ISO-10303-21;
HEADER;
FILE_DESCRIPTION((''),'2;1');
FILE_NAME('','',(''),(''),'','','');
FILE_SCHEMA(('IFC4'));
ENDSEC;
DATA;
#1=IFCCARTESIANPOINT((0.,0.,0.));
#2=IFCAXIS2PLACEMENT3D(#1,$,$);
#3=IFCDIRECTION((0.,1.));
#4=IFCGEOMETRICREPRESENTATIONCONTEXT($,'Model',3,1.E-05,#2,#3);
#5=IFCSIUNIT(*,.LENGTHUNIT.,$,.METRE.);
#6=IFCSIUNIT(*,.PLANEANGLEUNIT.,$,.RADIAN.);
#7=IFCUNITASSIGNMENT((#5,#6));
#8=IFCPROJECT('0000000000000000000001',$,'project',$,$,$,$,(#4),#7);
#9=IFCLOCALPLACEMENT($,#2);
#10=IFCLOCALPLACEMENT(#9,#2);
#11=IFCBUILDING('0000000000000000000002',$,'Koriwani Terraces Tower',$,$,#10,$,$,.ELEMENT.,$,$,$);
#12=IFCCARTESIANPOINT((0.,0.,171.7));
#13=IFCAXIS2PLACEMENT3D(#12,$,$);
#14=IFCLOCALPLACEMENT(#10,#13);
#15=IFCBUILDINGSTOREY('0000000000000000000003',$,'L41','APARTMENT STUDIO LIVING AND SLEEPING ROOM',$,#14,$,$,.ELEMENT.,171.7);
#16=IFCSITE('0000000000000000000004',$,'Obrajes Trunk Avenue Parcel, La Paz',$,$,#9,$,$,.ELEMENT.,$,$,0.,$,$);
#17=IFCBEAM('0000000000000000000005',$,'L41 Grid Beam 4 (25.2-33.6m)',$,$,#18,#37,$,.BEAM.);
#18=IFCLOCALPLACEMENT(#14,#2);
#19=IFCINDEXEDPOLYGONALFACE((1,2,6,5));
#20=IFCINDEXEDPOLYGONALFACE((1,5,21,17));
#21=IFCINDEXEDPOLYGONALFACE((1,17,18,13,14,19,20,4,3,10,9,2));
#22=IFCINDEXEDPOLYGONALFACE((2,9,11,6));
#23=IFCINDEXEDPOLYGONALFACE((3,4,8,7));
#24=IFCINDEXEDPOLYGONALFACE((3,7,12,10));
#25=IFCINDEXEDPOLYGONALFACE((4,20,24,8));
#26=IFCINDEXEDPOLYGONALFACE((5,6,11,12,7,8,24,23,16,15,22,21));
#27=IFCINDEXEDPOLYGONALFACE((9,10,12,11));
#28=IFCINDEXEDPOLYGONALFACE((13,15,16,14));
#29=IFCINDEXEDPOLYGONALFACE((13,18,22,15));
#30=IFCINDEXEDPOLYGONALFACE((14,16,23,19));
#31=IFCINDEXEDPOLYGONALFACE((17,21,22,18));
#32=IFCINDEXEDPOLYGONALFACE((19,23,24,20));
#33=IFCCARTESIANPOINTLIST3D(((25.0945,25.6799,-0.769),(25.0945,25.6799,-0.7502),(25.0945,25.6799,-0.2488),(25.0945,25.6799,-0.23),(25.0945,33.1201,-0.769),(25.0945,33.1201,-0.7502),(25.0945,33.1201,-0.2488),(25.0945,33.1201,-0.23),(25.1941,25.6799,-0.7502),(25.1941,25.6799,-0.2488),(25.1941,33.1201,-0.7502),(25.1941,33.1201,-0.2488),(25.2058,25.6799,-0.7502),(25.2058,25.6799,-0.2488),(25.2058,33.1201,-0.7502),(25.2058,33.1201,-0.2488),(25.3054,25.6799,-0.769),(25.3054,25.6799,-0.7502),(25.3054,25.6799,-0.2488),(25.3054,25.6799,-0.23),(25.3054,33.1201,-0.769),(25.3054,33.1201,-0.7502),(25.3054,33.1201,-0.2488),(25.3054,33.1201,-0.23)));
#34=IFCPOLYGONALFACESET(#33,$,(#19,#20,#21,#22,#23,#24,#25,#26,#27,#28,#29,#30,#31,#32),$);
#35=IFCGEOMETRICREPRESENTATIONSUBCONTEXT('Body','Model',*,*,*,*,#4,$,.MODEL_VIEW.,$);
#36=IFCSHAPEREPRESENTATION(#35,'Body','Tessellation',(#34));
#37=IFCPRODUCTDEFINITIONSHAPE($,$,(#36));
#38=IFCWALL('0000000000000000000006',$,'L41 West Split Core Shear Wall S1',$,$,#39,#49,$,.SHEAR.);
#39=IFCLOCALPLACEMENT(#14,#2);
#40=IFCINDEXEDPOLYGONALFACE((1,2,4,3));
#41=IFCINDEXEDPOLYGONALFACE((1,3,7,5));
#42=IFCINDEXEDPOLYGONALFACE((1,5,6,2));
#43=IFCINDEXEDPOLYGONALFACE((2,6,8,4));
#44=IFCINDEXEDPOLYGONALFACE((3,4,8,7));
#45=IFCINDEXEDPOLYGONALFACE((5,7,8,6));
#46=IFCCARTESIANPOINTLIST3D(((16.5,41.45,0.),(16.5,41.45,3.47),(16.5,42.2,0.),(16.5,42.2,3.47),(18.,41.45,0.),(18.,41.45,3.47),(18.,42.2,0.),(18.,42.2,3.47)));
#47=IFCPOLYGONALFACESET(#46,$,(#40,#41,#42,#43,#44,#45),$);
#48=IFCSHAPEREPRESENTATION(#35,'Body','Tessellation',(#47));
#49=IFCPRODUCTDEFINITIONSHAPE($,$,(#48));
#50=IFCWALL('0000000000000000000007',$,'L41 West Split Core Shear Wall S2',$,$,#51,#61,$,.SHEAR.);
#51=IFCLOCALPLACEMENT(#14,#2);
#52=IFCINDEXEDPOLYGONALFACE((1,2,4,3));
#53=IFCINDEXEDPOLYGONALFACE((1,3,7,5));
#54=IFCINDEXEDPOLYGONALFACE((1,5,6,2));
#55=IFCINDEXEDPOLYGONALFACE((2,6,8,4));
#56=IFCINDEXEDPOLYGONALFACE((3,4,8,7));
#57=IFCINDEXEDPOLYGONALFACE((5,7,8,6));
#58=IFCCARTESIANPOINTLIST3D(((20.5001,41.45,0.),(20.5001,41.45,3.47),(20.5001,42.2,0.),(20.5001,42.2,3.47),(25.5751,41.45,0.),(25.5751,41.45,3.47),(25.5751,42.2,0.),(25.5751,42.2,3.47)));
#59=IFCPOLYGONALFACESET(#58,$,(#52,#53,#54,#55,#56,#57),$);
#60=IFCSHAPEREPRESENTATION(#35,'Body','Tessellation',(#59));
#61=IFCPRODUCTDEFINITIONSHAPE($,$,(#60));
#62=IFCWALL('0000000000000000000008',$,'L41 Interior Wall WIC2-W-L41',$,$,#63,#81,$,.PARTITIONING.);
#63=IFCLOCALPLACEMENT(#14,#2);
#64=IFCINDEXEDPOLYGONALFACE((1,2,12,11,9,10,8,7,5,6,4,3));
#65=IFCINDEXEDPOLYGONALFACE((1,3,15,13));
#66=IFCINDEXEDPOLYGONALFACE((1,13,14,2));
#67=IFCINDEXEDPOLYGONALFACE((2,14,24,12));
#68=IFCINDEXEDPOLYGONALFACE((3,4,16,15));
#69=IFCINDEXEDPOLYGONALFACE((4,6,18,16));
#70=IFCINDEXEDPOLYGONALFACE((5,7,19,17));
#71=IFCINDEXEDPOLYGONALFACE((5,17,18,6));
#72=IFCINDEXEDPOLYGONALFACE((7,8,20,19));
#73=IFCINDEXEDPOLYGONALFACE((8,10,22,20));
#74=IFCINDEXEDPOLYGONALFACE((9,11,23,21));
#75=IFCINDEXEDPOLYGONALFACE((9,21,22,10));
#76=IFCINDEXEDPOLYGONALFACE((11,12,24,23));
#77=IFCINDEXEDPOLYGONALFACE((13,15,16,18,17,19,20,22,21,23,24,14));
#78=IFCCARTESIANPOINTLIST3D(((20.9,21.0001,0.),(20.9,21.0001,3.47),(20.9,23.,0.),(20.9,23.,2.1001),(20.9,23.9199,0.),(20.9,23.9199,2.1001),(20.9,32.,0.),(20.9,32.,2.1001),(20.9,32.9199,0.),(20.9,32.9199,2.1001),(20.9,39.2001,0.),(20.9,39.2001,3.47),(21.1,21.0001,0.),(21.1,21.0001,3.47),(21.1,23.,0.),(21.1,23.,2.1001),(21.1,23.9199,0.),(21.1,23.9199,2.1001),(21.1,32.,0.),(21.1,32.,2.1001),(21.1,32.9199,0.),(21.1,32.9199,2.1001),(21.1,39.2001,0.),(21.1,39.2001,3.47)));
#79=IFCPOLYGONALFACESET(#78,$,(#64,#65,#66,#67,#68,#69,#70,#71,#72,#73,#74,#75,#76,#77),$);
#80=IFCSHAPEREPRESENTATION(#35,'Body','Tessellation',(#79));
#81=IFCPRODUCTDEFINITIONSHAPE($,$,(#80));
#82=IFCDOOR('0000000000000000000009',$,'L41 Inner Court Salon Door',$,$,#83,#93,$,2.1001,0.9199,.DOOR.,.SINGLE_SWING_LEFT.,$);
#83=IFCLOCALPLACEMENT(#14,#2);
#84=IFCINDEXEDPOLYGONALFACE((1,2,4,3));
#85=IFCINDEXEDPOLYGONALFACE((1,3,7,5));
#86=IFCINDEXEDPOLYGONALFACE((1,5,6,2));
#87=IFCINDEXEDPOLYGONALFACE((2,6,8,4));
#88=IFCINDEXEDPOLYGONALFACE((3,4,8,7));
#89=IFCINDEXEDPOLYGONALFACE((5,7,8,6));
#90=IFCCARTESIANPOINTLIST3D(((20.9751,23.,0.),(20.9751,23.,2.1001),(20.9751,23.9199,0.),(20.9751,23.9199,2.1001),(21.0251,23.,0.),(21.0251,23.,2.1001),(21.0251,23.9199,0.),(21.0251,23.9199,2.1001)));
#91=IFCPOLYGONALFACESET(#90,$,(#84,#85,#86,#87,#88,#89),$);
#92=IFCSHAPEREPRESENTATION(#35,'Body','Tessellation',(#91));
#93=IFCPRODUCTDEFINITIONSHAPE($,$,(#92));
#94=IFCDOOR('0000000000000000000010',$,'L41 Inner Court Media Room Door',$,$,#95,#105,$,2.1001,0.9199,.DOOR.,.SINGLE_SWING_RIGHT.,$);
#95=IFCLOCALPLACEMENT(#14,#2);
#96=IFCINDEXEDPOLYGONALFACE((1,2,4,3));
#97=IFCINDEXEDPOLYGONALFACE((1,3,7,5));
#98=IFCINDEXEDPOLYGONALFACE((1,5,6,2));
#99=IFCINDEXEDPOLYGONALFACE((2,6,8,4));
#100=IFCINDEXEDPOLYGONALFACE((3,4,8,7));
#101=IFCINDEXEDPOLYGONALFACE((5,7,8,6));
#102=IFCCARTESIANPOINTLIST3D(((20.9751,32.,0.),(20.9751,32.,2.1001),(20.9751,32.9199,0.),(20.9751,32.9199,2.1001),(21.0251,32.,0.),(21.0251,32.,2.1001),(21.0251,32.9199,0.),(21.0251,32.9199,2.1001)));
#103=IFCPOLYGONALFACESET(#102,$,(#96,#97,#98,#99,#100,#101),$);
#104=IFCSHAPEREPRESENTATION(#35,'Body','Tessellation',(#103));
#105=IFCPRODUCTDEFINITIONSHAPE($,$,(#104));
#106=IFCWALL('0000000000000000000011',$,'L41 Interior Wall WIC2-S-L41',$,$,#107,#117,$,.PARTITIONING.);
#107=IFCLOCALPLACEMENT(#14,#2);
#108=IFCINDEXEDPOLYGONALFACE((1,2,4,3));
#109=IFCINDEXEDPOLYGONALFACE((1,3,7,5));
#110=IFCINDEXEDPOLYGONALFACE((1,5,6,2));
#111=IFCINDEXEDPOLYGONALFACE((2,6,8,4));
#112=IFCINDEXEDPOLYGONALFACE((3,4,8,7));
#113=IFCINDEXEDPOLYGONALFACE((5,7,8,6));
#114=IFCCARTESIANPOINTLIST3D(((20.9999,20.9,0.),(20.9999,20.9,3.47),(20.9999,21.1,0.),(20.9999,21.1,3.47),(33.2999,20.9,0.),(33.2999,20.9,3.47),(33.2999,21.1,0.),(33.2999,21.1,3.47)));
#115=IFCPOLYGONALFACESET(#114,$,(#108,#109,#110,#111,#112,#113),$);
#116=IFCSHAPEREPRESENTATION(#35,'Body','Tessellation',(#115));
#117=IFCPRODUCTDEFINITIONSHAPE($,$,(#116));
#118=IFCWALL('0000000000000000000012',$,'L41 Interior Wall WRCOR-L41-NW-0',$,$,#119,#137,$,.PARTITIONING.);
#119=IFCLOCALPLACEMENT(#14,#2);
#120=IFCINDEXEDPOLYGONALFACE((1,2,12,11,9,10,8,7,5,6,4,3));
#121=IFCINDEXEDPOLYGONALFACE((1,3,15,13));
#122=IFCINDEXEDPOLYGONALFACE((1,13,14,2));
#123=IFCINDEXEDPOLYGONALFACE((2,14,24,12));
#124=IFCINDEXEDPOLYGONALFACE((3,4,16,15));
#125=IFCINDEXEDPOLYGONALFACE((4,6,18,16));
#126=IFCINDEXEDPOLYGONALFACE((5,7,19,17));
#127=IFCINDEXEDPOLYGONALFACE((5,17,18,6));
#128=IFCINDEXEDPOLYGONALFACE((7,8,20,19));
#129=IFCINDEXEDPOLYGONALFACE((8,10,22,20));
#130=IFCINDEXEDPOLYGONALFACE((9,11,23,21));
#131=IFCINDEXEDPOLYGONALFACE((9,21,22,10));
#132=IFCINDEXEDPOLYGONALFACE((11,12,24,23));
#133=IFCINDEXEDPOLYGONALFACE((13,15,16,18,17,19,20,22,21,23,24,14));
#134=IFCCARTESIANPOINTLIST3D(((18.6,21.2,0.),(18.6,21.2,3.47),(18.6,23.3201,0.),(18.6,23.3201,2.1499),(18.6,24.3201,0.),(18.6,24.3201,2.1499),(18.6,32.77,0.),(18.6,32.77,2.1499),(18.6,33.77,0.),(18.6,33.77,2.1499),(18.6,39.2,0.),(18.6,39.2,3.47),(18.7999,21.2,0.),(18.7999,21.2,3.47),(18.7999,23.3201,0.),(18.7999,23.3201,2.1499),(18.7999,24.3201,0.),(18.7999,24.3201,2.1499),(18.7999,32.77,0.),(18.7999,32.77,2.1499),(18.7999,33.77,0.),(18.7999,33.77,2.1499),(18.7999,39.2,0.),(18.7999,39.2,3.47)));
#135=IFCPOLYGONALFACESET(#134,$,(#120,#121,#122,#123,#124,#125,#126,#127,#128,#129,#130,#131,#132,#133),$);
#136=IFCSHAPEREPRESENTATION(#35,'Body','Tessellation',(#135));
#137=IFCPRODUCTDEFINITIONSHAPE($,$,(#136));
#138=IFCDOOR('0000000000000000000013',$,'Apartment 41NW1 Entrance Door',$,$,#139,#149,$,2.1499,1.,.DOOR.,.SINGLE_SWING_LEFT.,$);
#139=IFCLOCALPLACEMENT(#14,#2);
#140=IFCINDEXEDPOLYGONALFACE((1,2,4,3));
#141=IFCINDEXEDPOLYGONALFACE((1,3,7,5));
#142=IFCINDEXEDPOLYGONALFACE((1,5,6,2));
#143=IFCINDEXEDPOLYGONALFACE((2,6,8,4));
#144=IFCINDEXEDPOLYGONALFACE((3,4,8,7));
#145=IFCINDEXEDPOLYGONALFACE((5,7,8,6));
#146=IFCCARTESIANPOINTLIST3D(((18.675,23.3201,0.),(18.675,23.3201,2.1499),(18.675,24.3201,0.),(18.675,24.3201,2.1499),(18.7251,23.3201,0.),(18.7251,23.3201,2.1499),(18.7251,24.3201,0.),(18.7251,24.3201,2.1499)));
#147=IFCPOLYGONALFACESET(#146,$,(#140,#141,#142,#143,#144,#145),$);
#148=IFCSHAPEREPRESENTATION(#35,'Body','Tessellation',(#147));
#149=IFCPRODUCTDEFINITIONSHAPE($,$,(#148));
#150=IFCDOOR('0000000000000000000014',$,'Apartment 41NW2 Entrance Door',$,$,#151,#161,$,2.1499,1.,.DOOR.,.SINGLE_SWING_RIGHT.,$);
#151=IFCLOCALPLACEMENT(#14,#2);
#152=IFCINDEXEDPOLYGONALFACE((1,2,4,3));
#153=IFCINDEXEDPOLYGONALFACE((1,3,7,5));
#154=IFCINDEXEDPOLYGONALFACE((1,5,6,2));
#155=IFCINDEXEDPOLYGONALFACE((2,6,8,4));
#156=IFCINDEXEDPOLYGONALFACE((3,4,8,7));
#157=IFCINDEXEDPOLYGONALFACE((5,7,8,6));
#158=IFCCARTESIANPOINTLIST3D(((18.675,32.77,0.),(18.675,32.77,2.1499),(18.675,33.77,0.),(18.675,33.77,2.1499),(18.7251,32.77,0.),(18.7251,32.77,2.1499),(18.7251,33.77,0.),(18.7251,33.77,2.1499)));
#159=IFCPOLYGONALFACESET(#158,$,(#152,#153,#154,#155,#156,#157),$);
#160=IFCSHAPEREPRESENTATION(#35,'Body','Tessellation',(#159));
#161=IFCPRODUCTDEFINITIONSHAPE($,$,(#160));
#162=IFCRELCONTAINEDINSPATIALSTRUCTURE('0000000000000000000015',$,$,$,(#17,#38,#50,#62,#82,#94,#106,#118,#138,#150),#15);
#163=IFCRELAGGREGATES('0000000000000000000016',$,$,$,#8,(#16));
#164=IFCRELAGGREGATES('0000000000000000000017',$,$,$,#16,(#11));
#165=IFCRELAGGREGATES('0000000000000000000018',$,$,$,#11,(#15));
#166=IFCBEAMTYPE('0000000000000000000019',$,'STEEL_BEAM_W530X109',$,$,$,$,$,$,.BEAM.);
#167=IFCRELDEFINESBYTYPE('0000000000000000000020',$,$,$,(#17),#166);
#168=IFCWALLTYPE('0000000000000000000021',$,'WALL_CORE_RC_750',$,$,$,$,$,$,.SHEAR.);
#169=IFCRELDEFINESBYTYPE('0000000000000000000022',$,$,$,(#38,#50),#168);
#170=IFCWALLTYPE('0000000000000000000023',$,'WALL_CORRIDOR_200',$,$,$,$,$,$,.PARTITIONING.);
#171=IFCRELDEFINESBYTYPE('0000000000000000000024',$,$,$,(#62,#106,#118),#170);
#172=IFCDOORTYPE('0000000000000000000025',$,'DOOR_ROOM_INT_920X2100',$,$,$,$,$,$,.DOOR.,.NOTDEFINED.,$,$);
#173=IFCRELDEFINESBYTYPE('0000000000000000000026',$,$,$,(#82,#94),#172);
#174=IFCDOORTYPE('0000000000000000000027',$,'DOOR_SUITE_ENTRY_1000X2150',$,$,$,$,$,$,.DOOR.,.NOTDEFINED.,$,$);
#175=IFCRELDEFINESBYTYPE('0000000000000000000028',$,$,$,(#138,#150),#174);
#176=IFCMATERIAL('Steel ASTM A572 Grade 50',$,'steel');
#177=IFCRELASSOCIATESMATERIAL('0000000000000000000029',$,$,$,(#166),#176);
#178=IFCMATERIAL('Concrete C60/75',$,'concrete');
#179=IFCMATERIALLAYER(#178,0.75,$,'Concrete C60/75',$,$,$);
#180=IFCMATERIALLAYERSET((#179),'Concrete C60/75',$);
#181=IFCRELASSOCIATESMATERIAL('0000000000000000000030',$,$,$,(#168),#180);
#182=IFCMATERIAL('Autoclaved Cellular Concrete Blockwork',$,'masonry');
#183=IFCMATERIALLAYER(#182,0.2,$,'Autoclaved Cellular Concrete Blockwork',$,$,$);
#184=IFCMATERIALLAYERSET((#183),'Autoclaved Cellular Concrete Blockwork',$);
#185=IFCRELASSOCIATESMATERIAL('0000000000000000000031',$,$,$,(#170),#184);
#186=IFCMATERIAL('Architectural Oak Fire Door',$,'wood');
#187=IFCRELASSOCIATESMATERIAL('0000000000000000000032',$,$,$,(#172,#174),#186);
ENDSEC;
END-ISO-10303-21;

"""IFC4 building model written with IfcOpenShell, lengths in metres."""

from ifc_helpers import new_model, si_unit, direction, frame, frame_2d, origin, origin_2d, place, context, subcontext, project, spatial, rectangle, i_section, extrude, material, layer, layer_set, material_profile, profile_set, type_object, element, fill, save


model = new_model("IFC4")

# Units and contexts
model_context = context("Model", 3, precision=1e-05, world=origin(), true_north=direction((0.0, 1.0)))
body_context = subcontext(model_context, "Body", "Model", "MODEL_VIEW")
ifc_project = project(units=[si_unit("LENGTHUNIT", "METRE"), si_unit("PLANEANGLEUNIT", "RADIAN")], contexts=[model_context])

# Site, building, storey
site_placement = place(None, origin())
site = spatial("IfcSite", under=ifc_project, at=site_placement, Name="Obrajes Trunk Avenue Parcel, La Paz", CompositionType="ELEMENT", RefElevation=0.0)
building_placement = place(site_placement, origin())
building = spatial("IfcBuilding", under=site, at=building_placement, Name="Koriwani Terraces Tower", CompositionType="ELEMENT")
storey_placement = place(building_placement, frame((0.0, 0.0, 171.7)))
storey = spatial("IfcBuildingStorey", under=building, at=storey_placement, Name="L41", Description="APARTMENT STUDIO LIVING AND SLEEPING ROOM", CompositionType="ELEMENT", Elevation=171.7)

# Beam
ifc_material_1 = material(Name="Concrete C60/75", Category="concrete")
ifc_material_2 = material(Name="Steel ASTM A572 Grade 50", Category="steel")
ifc_material_profile_1 = material_profile(ifc_material_2, i_section(OverallWidth=0.2109, OverallDepth=0.5391, WebThickness=0.0117, FlangeThickness=0.0188, at=origin_2d()), Name="Steel ASTM A572 Grade 50", Category="LoadBearing")
ifc_profile_set_1 = profile_set([ifc_material_profile_1], Name="Steel ASTM A572 Grade 50")
beam_type_1 = type_object("IfcBeamType", Name="STEEL_BEAM_W530X109", PredefinedType="BEAM", material=ifc_profile_set_1)
beam_1_placement = place(storey_placement, frame((25.2, 25.6799, -0.4995), z_axis=(0.0, 1.0, 0.0), x_axis=(-1.0, 0.0, 0.0)))
element("IfcBeam", 1, at=beam_1_placement, inside=storey, type_object=beam_type_1, Name="L41 Grid Beam 4 (25.2-33.6m)", PredefinedType="BEAM", context=body_context, shape_type="SweptSolid", body=[
    extrude(i_section(OverallWidth=0.2109, OverallDepth=0.5391, WebThickness=0.0117, FlangeThickness=0.0188, at=origin_2d()), origin(), (0.0, 0.0, 1.0), 7.4402),
])

# Walls
ifc_layer_1 = layer(ifc_material_1, 0.75, Name="Concrete C60/75")
ifc_layer_set_1 = layer_set([ifc_layer_1], Name="Concrete C60/75")
wall_type_1 = type_object("IfcWallType", Name="WALL_CORE_RC_750", PredefinedType="SHEAR", material=ifc_layer_set_1)
wall_1_placement = place(storey_placement, frame((16.5, 41.825, 0.0), z_axis=(0.0, 0.0, 1.0), x_axis=(1.0, 0.0, 0.0)))
element("IfcWall", 2, at=wall_1_placement, inside=storey, type_object=wall_type_1, Name="L41 West Split Core Shear Wall S1", PredefinedType="SHEAR", context=body_context, shape_type="SweptSolid", body=[
    extrude(rectangle(XDim=1.5, YDim=0.75, at=frame_2d((0.75, 0.0))), origin(), (0.0, 0.0, 1.0), 3.47),
])
wall_2_placement = place(storey_placement, frame((20.5, 41.825, 0.0), z_axis=(0.0, 0.0, 1.0), x_axis=(1.0, 0.0, 0.0)))
element("IfcWall", 3, at=wall_2_placement, inside=storey, type_object=wall_type_1, Name="L41 West Split Core Shear Wall S2", PredefinedType="SHEAR", context=body_context, shape_type="SweptSolid", body=[
    extrude(rectangle(XDim=5.075, YDim=0.75, at=frame_2d((2.5376, 0.0))), origin(), (0.0, 0.0, 1.0), 3.47),
])

# Wall, openings, doors
ifc_material_3 = material(Name="Autoclaved Cellular Concrete Blockwork", Category="masonry")
ifc_layer_2 = layer(ifc_material_3, 0.2, Name="Autoclaved Cellular Concrete Blockwork")
ifc_layer_set_2 = layer_set([ifc_layer_2], Name="Autoclaved Cellular Concrete Blockwork")
wall_type_2 = type_object("IfcWallType", Name="WALL_CORRIDOR_200", PredefinedType="PARTITIONING", material=ifc_layer_set_2)
wall_3_placement = place(storey_placement, frame((21.0, 21.0, 0.0), z_axis=(0.0, 0.0, 1.0), x_axis=(0.0, 1.0, 0.0)))
wall_3 = element("IfcWall", 4, at=wall_3_placement, inside=storey, type_object=wall_type_2, Name="L41 Interior Wall WIC2-W-L41", PredefinedType="PARTITIONING", context=body_context, shape_type="SweptSolid", body=[
    extrude(rectangle(XDim=18.2, YDim=0.2, at=frame_2d((9.1001, 0.0))), origin(), (0.0, 0.0, 1.0), 3.47),
])
opening_1_placement = place(wall_3_placement, frame((2.0, 0.0, 0.0)))
opening_1 = element("IfcOpeningElement", 5, at=opening_1_placement, cuts=wall_3, PredefinedType="OPENING", context=body_context, shape_type="SweptSolid", body=[
    extrude(rectangle(XDim=0.9199, YDim=2.1001, at=frame_2d((0.46, 1.05))), frame((0.0, 0.1099, 0.0), z_axis=(0.0, -1.0, 0.0), x_axis=(1.0, 0.0, 0.0)), (0.0, 0.0, 1.0), 0.22),
])
opening_2_placement = place(wall_3_placement, frame((11.0, 0.0, 0.0)))
opening_2 = element("IfcOpeningElement", 6, at=opening_2_placement, cuts=wall_3, PredefinedType="OPENING", context=body_context, shape_type="SweptSolid", body=[
    extrude(rectangle(XDim=0.9199, YDim=2.1001, at=frame_2d((0.46, 1.05))), frame((0.0, 0.1099, 0.0), z_axis=(0.0, -1.0, 0.0), x_axis=(1.0, 0.0, 0.0)), (0.0, 0.0, 1.0), 0.22),
])
ifc_material_4 = material(Name="Architectural Oak Fire Door", Category="wood")
door_type_1 = type_object("IfcDoorType", Name="DOOR_ROOM_INT_920X2100", OperationType="NOTDEFINED", PredefinedType="DOOR", material=ifc_material_4)
door_1_placement = place(opening_1_placement, origin())
door_1 = element("IfcDoor", 7, at=door_1_placement, inside=storey, type_object=door_type_1, Name="L41 Inner Court Salon Door", OperationType="SINGLE_SWING_LEFT", OverallHeight=2.1001, OverallWidth=0.9199, PredefinedType="DOOR", context=body_context, shape_type="SweptSolid", body=[
    extrude(rectangle(XDim=0.9199, YDim=2.1001, at=frame_2d((0.46, 1.05))), frame((0.0, 0.0249, 0.0), z_axis=(0.0, -1.0, 0.0), x_axis=(1.0, 0.0, 0.0)), (0.0, 0.0, 1.0), 0.05),
])
fill(opening_1, door_1)
door_2_placement = place(opening_2_placement, origin())
door_2 = element("IfcDoor", 8, at=door_2_placement, inside=storey, type_object=door_type_1, Name="L41 Inner Court Media Room Door", OperationType="SINGLE_SWING_RIGHT", OverallHeight=2.1001, OverallWidth=0.9199, PredefinedType="DOOR", context=body_context, shape_type="SweptSolid", body=[
    extrude(rectangle(XDim=0.9199, YDim=2.1001, at=frame_2d((0.46, 1.05))), frame((0.0, 0.0249, 0.0), z_axis=(0.0, -1.0, 0.0), x_axis=(1.0, 0.0, 0.0)), (0.0, 0.0, 1.0), 0.05),
])
fill(opening_2, door_2)

# Wall
wall_4_placement = place(storey_placement, frame((21.0, 21.0, 0.0), z_axis=(0.0, 0.0, 1.0), x_axis=(1.0, 0.0, 0.0)))
element("IfcWall", 9, at=wall_4_placement, inside=storey, type_object=wall_type_2, Name="L41 Interior Wall WIC2-S-L41", PredefinedType="PARTITIONING", context=body_context, shape_type="SweptSolid", body=[
    extrude(rectangle(XDim=12.3, YDim=0.2, at=frame_2d((6.1499, 0.0))), origin(), (0.0, 0.0, 1.0), 3.47),
])

# Wall, openings, doors
wall_5_placement = place(storey_placement, frame((18.7, 21.2, 0.0), z_axis=(0.0, 0.0, 1.0), x_axis=(0.0, 1.0, 0.0)))
wall_5 = element("IfcWall", 10, at=wall_5_placement, inside=storey, type_object=wall_type_2, Name="L41 Interior Wall WRCOR-L41-NW-0", PredefinedType="PARTITIONING", context=body_context, shape_type="SweptSolid", body=[
    extrude(rectangle(XDim=18.0, YDim=0.2, at=frame_2d((9.0, 0.0))), origin(), (0.0, 0.0, 1.0), 3.47),
])
opening_3_placement = place(wall_5_placement, frame((2.1201, 0.0, 0.0)))
opening_3 = element("IfcOpeningElement", 11, at=opening_3_placement, cuts=wall_5, PredefinedType="OPENING", context=body_context, shape_type="SweptSolid", body=[
    extrude(rectangle(XDim=1.0, YDim=2.1499, at=frame_2d((0.5, 1.075))), frame((0.0, 0.1099, 0.0), z_axis=(0.0, -1.0, 0.0), x_axis=(1.0, 0.0, 0.0)), (0.0, 0.0, 1.0), 0.22),
])
opening_4_placement = place(wall_5_placement, frame((11.5701, 0.0, 0.0)))
opening_4 = element("IfcOpeningElement", 12, at=opening_4_placement, cuts=wall_5, PredefinedType="OPENING", context=body_context, shape_type="SweptSolid", body=[
    extrude(rectangle(XDim=1.0, YDim=2.1499, at=frame_2d((0.5, 1.075))), frame((0.0, 0.1099, 0.0), z_axis=(0.0, -1.0, 0.0), x_axis=(1.0, 0.0, 0.0)), (0.0, 0.0, 1.0), 0.22),
])
door_type_2 = type_object("IfcDoorType", Name="DOOR_SUITE_ENTRY_1000X2150", OperationType="NOTDEFINED", PredefinedType="DOOR", material=ifc_material_4)
door_3_placement = place(opening_3_placement, origin())
door_3 = element("IfcDoor", 13, at=door_3_placement, inside=storey, type_object=door_type_2, Name="Apartment 41NW1 Entrance Door", OperationType="SINGLE_SWING_LEFT", OverallHeight=2.1499, OverallWidth=1.0, PredefinedType="DOOR", context=body_context, shape_type="SweptSolid", body=[
    extrude(rectangle(XDim=1.0, YDim=2.1499, at=frame_2d((0.5, 1.075))), frame((0.0, 0.0249, 0.0), z_axis=(0.0, -1.0, 0.0), x_axis=(1.0, 0.0, 0.0)), (0.0, 0.0, 1.0), 0.05),
])
fill(opening_3, door_3)
door_4_placement = place(opening_4_placement, origin())
door_4 = element("IfcDoor", 14, at=door_4_placement, inside=storey, type_object=door_type_2, Name="Apartment 41NW2 Entrance Door", OperationType="SINGLE_SWING_RIGHT", OverallHeight=2.1499, OverallWidth=1.0, PredefinedType="DOOR", context=body_context, shape_type="SweptSolid", body=[
    extrude(rectangle(XDim=1.0, YDim=2.1499, at=frame_2d((0.5, 1.075))), frame((0.0, 0.0249, 0.0), z_axis=(0.0, -1.0, 0.0), x_axis=(1.0, 0.0, 0.0)), (0.0, 0.0, 1.0), 0.05),
])
fill(opening_4, door_4)

save(model, "model.ifc")
